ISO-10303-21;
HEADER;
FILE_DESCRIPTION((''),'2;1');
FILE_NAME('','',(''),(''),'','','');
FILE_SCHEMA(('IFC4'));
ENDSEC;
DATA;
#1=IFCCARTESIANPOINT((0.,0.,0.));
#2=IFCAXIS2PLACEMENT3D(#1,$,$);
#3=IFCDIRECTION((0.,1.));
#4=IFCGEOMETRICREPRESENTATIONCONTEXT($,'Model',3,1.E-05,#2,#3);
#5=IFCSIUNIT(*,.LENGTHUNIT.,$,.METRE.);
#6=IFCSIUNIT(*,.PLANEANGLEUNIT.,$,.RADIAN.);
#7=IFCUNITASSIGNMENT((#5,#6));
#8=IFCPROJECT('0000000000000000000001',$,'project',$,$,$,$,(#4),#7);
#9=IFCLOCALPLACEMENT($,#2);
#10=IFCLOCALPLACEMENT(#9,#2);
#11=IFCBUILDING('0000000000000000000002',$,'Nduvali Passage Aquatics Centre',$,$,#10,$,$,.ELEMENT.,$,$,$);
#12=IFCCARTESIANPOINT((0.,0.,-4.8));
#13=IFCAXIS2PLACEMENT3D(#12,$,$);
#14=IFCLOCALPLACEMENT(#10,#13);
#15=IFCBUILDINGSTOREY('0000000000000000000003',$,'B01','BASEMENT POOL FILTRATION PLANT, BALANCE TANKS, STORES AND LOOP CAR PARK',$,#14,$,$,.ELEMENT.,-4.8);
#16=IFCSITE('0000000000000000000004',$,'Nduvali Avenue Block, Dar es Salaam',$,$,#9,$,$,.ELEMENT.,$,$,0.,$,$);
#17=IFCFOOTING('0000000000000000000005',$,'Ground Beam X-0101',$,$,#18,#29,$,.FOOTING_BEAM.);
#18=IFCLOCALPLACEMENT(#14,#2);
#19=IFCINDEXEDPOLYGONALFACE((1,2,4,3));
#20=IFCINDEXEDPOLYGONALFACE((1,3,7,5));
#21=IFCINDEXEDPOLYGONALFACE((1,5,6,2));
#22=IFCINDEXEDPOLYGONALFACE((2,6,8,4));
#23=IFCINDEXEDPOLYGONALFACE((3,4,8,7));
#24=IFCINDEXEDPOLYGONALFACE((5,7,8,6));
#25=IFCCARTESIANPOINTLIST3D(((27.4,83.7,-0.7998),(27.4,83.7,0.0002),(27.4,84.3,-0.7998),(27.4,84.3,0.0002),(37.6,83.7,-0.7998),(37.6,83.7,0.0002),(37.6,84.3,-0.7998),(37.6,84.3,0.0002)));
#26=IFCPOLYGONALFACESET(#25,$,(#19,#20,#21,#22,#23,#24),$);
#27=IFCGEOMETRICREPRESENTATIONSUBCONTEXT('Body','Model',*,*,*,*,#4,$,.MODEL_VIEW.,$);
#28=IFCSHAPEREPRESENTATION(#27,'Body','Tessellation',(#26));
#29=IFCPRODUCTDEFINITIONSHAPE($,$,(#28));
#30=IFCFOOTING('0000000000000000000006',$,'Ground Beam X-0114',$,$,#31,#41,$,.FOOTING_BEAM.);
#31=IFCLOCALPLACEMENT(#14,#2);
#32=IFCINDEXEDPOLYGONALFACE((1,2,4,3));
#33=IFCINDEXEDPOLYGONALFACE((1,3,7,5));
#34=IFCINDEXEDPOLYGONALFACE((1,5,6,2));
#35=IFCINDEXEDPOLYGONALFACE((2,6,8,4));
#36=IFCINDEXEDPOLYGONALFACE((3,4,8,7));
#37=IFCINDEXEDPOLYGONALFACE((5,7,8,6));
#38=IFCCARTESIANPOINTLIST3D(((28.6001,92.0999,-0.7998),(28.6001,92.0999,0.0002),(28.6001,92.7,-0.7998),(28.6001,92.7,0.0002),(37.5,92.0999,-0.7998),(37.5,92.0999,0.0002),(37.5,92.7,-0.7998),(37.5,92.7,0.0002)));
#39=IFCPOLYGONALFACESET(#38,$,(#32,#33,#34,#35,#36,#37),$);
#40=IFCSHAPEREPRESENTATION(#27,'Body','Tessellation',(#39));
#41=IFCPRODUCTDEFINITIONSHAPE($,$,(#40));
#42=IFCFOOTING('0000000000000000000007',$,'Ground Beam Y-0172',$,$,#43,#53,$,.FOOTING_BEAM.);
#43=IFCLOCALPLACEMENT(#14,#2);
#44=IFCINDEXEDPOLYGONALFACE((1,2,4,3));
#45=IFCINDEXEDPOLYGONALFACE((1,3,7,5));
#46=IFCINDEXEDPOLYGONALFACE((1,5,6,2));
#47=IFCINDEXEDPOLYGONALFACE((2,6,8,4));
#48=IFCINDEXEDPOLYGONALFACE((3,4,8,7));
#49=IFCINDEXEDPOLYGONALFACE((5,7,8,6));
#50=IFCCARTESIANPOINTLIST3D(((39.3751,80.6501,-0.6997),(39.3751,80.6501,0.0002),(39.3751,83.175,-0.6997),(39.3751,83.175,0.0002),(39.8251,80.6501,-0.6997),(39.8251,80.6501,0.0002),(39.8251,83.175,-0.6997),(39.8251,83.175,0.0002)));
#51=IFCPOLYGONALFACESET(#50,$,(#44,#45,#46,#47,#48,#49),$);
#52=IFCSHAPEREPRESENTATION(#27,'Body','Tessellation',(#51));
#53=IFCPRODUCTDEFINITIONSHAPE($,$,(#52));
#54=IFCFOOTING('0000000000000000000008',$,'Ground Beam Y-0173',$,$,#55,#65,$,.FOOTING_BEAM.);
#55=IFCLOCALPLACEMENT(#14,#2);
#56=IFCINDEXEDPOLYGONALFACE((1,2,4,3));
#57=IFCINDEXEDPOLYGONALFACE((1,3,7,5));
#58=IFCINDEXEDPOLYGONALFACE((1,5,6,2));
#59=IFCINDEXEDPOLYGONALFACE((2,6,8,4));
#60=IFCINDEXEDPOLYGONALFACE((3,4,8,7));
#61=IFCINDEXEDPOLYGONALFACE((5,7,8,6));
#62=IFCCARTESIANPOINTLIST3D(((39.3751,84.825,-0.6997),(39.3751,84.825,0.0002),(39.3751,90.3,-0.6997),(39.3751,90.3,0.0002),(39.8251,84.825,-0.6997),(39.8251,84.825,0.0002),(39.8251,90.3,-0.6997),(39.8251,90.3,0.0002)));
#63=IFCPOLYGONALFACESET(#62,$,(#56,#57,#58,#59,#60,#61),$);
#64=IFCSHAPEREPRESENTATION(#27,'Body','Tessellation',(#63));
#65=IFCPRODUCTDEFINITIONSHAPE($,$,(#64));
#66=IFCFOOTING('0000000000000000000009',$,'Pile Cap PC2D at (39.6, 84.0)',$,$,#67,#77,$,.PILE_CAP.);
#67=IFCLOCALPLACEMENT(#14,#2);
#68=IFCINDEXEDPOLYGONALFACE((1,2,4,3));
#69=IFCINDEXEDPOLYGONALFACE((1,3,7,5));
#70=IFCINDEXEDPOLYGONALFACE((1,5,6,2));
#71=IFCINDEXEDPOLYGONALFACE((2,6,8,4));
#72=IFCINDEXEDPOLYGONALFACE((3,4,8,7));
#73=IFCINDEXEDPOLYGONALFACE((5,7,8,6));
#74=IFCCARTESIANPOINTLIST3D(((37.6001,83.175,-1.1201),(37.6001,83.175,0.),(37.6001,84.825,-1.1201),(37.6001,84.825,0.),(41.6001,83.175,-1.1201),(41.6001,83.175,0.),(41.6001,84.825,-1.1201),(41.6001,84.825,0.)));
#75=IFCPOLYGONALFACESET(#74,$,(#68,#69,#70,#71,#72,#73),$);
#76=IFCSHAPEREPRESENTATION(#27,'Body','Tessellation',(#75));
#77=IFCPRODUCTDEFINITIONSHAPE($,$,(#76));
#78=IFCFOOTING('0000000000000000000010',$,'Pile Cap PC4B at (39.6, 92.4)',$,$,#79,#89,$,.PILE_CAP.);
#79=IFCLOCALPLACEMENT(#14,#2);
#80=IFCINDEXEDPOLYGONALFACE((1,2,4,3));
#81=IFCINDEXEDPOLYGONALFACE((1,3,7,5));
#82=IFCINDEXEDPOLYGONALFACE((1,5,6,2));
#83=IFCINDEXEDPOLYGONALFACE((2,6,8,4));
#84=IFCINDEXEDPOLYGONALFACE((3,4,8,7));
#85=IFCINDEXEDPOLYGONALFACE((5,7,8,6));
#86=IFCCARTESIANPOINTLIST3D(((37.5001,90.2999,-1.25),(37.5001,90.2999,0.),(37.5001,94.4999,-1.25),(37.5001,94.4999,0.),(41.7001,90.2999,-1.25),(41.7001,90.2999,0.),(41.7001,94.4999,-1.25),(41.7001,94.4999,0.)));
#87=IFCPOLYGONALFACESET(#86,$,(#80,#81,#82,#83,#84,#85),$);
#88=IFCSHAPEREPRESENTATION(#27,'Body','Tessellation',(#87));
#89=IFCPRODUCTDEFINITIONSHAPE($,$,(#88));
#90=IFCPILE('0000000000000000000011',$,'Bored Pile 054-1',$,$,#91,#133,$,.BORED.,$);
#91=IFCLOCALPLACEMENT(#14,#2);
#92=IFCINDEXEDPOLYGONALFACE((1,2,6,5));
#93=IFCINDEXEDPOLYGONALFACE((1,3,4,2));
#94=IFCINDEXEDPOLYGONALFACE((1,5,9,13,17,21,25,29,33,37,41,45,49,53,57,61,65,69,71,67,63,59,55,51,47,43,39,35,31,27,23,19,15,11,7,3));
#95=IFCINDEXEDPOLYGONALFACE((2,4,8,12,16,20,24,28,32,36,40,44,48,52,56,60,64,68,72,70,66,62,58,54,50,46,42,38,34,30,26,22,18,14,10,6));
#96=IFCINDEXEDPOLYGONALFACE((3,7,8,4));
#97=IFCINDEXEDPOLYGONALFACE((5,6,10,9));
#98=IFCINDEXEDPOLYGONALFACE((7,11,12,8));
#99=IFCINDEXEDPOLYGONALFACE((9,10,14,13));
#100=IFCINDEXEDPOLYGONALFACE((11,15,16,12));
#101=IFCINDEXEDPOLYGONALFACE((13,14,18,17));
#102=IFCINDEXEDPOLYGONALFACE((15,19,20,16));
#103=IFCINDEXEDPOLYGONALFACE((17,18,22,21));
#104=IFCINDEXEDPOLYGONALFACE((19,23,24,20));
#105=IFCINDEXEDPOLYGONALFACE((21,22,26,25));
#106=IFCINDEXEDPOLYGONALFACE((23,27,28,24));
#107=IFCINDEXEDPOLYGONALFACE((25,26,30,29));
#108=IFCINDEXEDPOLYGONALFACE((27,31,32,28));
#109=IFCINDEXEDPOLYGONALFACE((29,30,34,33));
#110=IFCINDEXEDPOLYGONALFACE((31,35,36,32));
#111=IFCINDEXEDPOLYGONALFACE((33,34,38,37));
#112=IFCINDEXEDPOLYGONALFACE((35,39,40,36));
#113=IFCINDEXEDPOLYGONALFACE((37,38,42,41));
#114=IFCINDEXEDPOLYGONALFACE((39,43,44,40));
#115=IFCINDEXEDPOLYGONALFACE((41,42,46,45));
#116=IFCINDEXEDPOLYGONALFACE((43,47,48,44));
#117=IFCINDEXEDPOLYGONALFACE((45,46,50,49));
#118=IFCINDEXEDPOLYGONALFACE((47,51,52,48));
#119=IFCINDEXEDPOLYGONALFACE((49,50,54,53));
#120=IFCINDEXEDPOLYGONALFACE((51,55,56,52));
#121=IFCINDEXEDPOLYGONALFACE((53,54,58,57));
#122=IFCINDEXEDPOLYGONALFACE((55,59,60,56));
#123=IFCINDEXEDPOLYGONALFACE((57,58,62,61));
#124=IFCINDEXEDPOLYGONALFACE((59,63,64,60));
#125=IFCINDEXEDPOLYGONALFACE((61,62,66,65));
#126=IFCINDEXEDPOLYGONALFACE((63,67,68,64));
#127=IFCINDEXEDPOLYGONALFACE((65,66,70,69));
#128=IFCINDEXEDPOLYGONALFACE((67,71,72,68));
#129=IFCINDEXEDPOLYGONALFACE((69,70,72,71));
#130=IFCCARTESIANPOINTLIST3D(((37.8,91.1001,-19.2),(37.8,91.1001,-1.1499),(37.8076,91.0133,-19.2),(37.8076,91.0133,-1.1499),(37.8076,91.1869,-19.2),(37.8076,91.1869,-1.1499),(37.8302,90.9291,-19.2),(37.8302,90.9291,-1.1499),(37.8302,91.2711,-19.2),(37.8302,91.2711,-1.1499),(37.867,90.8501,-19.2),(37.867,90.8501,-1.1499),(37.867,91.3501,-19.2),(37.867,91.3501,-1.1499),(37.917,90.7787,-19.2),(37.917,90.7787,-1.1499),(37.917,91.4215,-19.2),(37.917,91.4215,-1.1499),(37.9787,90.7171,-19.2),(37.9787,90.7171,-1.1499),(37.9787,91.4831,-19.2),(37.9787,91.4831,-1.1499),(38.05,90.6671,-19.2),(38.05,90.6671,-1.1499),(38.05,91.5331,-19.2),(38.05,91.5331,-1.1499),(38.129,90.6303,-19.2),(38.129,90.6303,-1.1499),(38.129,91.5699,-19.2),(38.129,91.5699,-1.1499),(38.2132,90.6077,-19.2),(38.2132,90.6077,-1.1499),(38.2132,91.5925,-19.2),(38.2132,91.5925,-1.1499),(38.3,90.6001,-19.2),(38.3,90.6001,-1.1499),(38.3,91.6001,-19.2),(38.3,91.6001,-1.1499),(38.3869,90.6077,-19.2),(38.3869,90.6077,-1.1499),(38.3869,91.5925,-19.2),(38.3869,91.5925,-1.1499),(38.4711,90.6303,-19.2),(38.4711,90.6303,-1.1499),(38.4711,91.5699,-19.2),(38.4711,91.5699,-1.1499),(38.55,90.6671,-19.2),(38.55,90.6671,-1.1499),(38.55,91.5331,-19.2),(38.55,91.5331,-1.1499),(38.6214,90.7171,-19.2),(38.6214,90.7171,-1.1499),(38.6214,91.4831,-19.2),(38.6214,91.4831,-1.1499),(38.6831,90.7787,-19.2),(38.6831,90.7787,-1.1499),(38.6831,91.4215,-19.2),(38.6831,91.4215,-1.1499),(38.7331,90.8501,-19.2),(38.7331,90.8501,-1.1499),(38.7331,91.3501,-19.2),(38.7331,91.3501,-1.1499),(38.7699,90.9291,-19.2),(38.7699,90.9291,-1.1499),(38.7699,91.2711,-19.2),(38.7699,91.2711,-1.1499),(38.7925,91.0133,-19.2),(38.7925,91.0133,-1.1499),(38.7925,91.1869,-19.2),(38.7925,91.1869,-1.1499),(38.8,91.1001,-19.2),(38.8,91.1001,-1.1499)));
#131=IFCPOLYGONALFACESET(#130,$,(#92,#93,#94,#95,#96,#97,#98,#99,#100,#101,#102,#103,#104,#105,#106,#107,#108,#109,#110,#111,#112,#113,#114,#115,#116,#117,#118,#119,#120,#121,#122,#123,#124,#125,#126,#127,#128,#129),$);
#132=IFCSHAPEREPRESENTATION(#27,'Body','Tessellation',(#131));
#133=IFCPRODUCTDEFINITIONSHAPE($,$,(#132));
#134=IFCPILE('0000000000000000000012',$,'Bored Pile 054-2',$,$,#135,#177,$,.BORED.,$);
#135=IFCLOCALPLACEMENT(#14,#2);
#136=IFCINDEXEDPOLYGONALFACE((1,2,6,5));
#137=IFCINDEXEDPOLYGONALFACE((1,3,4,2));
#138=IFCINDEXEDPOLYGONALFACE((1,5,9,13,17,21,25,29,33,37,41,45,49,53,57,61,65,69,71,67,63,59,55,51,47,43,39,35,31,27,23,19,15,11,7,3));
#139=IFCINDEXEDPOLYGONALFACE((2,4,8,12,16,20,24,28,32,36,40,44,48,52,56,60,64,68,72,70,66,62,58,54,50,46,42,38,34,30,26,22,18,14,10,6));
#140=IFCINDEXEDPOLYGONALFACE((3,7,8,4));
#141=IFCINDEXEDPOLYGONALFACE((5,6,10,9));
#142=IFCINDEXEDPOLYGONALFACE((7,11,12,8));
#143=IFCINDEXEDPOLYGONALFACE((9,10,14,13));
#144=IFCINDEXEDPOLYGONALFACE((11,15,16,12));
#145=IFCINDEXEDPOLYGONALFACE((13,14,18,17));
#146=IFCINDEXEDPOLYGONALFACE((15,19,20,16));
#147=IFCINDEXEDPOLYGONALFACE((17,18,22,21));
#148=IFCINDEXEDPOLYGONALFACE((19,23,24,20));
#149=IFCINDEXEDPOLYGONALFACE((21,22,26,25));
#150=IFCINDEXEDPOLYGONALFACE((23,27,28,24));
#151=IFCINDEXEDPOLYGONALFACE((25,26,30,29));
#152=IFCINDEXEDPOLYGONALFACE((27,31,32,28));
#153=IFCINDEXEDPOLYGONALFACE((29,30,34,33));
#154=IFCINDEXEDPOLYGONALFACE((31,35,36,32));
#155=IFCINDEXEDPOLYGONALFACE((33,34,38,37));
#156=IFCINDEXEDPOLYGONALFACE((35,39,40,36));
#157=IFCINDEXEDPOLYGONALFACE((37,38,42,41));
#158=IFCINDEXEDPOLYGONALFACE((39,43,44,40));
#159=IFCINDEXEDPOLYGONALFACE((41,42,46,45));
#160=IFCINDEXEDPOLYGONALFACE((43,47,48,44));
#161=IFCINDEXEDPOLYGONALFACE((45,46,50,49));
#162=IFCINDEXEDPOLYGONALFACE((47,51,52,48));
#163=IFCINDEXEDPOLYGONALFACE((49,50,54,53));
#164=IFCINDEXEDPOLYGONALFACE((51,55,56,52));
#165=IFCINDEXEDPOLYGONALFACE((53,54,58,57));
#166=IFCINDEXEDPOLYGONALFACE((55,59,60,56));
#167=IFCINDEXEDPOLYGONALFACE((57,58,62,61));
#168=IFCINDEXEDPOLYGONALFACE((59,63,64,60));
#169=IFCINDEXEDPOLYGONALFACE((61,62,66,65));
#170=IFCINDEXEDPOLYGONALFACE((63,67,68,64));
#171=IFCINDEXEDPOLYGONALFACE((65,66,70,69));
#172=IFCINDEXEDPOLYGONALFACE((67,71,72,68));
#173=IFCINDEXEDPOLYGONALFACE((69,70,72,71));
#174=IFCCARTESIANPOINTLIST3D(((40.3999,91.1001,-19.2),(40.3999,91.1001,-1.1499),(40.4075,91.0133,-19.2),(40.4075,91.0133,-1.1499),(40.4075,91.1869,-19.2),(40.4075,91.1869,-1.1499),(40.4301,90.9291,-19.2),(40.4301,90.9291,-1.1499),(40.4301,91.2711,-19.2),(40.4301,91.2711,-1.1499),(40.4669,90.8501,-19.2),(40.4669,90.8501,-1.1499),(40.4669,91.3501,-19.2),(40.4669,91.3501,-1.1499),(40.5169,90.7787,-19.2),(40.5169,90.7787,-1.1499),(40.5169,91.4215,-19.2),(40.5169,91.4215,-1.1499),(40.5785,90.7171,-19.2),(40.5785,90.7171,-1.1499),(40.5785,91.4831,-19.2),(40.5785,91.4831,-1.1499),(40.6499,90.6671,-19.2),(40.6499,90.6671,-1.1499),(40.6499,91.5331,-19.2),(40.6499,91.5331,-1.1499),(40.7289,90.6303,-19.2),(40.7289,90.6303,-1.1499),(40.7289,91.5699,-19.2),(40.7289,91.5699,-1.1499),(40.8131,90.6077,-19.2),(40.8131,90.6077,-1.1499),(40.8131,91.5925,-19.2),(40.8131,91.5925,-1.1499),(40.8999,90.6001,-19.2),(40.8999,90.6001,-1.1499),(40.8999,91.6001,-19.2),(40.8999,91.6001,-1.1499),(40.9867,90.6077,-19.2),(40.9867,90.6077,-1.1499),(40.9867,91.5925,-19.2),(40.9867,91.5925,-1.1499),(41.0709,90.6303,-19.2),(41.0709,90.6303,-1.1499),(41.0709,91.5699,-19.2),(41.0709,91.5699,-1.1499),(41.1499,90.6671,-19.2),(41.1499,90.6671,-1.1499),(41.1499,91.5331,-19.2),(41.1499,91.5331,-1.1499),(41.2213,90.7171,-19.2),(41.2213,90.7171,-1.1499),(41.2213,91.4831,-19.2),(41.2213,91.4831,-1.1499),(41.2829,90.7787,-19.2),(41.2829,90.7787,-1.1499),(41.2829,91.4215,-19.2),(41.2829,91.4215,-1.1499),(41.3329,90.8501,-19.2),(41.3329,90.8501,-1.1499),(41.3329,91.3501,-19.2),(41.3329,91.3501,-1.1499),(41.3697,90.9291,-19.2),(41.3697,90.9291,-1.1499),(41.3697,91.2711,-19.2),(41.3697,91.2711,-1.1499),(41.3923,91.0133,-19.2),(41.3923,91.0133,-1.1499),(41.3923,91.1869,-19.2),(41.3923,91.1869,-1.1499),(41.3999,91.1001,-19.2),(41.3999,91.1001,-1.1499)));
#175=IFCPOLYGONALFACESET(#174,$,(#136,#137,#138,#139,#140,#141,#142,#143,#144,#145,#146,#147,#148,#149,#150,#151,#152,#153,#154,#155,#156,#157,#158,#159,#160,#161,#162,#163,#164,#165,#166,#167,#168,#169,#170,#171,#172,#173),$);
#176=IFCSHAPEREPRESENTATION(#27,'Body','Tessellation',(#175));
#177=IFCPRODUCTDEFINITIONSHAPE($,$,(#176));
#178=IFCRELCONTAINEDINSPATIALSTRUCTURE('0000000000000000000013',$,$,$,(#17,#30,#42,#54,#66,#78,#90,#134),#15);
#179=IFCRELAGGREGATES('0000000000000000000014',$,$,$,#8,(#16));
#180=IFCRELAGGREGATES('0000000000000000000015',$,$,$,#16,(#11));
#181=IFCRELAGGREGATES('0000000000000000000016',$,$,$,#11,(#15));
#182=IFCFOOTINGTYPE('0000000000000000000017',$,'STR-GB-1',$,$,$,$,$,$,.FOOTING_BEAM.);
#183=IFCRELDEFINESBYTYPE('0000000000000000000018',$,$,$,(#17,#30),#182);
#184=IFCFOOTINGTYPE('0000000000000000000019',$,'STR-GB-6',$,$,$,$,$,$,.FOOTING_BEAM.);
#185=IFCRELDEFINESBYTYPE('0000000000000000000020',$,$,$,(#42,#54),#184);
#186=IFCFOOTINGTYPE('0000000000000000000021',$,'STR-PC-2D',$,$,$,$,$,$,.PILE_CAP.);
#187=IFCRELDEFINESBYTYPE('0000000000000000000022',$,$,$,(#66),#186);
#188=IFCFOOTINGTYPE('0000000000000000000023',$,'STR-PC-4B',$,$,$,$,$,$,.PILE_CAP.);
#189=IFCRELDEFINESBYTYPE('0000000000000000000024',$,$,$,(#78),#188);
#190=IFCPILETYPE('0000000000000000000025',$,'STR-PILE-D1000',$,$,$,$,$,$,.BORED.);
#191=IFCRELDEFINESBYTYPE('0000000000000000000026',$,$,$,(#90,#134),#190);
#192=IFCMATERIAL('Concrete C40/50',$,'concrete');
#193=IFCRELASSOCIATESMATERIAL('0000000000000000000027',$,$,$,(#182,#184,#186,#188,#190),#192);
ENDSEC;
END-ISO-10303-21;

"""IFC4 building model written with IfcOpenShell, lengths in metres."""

from ifc_helpers import new_model, si_unit, direction, frame, origin, origin_2d, place, context, subcontext, project, spatial, rectangle, circle, extrude, material, material_profile, profile_set, type_object, element, save


model = new_model("IFC4")

# Units and contexts
model_context = context("Model", 3, precision=1e-05, world=origin(), true_north=direction((0.0, 1.0)))
body_context = subcontext(model_context, "Body", "Model", "MODEL_VIEW")
ifc_project = project(units=[si_unit("LENGTHUNIT", "METRE"), si_unit("PLANEANGLEUNIT", "RADIAN")], contexts=[model_context])

# Site, building, storey
site_placement = place(None, origin())
site = spatial("IfcSite", under=ifc_project, at=site_placement, Name="Nduvali Avenue Block, Dar es Salaam", CompositionType="ELEMENT", RefElevation=0.0)
building_placement = place(site_placement, origin())
building = spatial("IfcBuilding", under=site, at=building_placement, Name="Nduvali Passage Aquatics Centre", CompositionType="ELEMENT")
storey_placement = place(building_placement, frame((0.0, 0.0, -4.8)))
storey = spatial("IfcBuildingStorey", under=building, at=storey_placement, Name="B01", Description="BASEMENT POOL FILTRATION PLANT, BALANCE TANKS, STORES AND LOOP CAR PARK", CompositionType="ELEMENT", Elevation=-4.8)

# Footings
ifc_material_1 = material(Name="Concrete C40/50", Category="concrete")
footing_type_1 = type_object("IfcFootingType", Name="STR-GB-1", PredefinedType="FOOTING_BEAM", material=ifc_material_1)
footing_1_placement = place(storey_placement, frame((32.5, 84.0, -0.7998), z_axis=(0.0, 0.0, 1.0), x_axis=(1.0, 0.0, 0.0)))
element("IfcFooting", 1, at=footing_1_placement, inside=storey, type_object=footing_type_1, Name="Ground Beam X-0101", PredefinedType="FOOTING_BEAM", context=body_context, shape_type="SweptSolid", body=[
    extrude(rectangle(XDim=10.2, YDim=0.6001, at=origin_2d()), origin(), (0.0, 0.0, 1.0), 0.8),
])
footing_2_placement = place(storey_placement, frame((33.05, 92.3999, -0.7998), z_axis=(0.0, 0.0, 1.0), x_axis=(1.0, 0.0, 0.0)))
element("IfcFooting", 2, at=footing_2_placement, inside=storey, type_object=footing_type_1, Name="Ground Beam X-0114", PredefinedType="FOOTING_BEAM", context=body_context, shape_type="SweptSolid", body=[
    extrude(rectangle(XDim=8.8999, YDim=0.6001, at=origin_2d()), origin(), (0.0, 0.0, 1.0), 0.8),
])
footing_type_2 = type_object("IfcFootingType", Name="STR-GB-6", PredefinedType="FOOTING_BEAM", material=ifc_material_1)
footing_3_placement = place(storey_placement, frame((39.6001, 81.9126, -0.6997), z_axis=(0.0, 0.0, 1.0), x_axis=(0.0, 1.0, 0.0)))
element("IfcFooting", 3, at=footing_3_placement, inside=storey, type_object=footing_type_2, Name="Ground Beam Y-0172", PredefinedType="FOOTING_BEAM", context=body_context, shape_type="SweptSolid", body=[
    extrude(rectangle(XDim=2.5249, YDim=0.45, at=origin_2d()), origin(), (0.0, 0.0, 1.0), 0.7),
])
footing_4_placement = place(storey_placement, frame((39.6001, 87.5625, -0.6997), z_axis=(0.0, 0.0, 1.0), x_axis=(0.0, 1.0, 0.0)))
element("IfcFooting", 4, at=footing_4_placement, inside=storey, type_object=footing_type_2, Name="Ground Beam Y-0173", PredefinedType="FOOTING_BEAM", context=body_context, shape_type="SweptSolid", body=[
    extrude(rectangle(XDim=5.4751, YDim=0.45, at=origin_2d()), origin(), (0.0, 0.0, 1.0), 0.7),
])
footing_type_3 = type_object("IfcFootingType", Name="STR-PC-2D", PredefinedType="PILE_CAP", material=ifc_material_1)
footing_5_placement = place(storey_placement, frame((39.6001, 84.0, -1.1201), z_axis=(0.0, 0.0, 1.0), x_axis=(1.0, 0.0, 0.0)))
element("IfcFooting", 5, at=footing_5_placement, inside=storey, type_object=footing_type_3, Name="Pile Cap PC2D at (39.6, 84.0)", PredefinedType="PILE_CAP", context=body_context, shape_type="SweptSolid", body=[
    extrude(rectangle(XDim=4.0, YDim=1.6499, at=origin_2d()), origin(), (0.0, 0.0, 1.0), 1.1201),
])
footing_type_4 = type_object("IfcFootingType", Name="STR-PC-4B", PredefinedType="PILE_CAP", material=ifc_material_1)
footing_6_placement = place(storey_placement, frame((39.6001, 92.3999, -1.25), z_axis=(0.0, 0.0, 1.0), x_axis=(1.0, 0.0, 0.0)))
element("IfcFooting", 6, at=footing_6_placement, inside=storey, type_object=footing_type_4, Name="Pile Cap PC4B at (39.6, 92.4)", PredefinedType="PILE_CAP", context=body_context, shape_type="SweptSolid", body=[
    extrude(rectangle(XDim=4.2, YDim=4.2, at=origin_2d()), origin(), (0.0, 0.0, 1.0), 1.25),
])

# Piles
ifc_material_profile_1 = material_profile(ifc_material_1, circle(Radius=0.5, at=origin_2d()), Name="PILE D1000")
ifc_profile_set_1 = profile_set([ifc_material_profile_1], Name="Concrete C40/50")
pile_type_1 = type_object("IfcPileType", Name="STR-PILE-D1000", PredefinedType="BORED", material=ifc_profile_set_1)
for number, where, z_axis, x_axis, name in (
    (7, (38.3, 91.1001, -1.1499), (0.0, 0.0, -1.0), (1.0, 0.0, 0.0), "Bored Pile 054-1"),
    (8, (40.8999, 91.1001, -1.1499), (0.0, 0.0, -1.0), (1.0, 0.0, 0.0), "Bored Pile 054-2"),
):
    element("IfcPile", number, at=place(storey_placement, frame(where, z_axis=z_axis, x_axis=x_axis)), inside=storey, type_object=pile_type_1, Name=name, PredefinedType="BORED", context=body_context, shape_type="SweptSolid", body=[
        extrude(circle(Radius=0.5, at=origin_2d()), origin(), (0.0, 0.0, 1.0), 18.05),
    ])

save(model, "model.ifc")
